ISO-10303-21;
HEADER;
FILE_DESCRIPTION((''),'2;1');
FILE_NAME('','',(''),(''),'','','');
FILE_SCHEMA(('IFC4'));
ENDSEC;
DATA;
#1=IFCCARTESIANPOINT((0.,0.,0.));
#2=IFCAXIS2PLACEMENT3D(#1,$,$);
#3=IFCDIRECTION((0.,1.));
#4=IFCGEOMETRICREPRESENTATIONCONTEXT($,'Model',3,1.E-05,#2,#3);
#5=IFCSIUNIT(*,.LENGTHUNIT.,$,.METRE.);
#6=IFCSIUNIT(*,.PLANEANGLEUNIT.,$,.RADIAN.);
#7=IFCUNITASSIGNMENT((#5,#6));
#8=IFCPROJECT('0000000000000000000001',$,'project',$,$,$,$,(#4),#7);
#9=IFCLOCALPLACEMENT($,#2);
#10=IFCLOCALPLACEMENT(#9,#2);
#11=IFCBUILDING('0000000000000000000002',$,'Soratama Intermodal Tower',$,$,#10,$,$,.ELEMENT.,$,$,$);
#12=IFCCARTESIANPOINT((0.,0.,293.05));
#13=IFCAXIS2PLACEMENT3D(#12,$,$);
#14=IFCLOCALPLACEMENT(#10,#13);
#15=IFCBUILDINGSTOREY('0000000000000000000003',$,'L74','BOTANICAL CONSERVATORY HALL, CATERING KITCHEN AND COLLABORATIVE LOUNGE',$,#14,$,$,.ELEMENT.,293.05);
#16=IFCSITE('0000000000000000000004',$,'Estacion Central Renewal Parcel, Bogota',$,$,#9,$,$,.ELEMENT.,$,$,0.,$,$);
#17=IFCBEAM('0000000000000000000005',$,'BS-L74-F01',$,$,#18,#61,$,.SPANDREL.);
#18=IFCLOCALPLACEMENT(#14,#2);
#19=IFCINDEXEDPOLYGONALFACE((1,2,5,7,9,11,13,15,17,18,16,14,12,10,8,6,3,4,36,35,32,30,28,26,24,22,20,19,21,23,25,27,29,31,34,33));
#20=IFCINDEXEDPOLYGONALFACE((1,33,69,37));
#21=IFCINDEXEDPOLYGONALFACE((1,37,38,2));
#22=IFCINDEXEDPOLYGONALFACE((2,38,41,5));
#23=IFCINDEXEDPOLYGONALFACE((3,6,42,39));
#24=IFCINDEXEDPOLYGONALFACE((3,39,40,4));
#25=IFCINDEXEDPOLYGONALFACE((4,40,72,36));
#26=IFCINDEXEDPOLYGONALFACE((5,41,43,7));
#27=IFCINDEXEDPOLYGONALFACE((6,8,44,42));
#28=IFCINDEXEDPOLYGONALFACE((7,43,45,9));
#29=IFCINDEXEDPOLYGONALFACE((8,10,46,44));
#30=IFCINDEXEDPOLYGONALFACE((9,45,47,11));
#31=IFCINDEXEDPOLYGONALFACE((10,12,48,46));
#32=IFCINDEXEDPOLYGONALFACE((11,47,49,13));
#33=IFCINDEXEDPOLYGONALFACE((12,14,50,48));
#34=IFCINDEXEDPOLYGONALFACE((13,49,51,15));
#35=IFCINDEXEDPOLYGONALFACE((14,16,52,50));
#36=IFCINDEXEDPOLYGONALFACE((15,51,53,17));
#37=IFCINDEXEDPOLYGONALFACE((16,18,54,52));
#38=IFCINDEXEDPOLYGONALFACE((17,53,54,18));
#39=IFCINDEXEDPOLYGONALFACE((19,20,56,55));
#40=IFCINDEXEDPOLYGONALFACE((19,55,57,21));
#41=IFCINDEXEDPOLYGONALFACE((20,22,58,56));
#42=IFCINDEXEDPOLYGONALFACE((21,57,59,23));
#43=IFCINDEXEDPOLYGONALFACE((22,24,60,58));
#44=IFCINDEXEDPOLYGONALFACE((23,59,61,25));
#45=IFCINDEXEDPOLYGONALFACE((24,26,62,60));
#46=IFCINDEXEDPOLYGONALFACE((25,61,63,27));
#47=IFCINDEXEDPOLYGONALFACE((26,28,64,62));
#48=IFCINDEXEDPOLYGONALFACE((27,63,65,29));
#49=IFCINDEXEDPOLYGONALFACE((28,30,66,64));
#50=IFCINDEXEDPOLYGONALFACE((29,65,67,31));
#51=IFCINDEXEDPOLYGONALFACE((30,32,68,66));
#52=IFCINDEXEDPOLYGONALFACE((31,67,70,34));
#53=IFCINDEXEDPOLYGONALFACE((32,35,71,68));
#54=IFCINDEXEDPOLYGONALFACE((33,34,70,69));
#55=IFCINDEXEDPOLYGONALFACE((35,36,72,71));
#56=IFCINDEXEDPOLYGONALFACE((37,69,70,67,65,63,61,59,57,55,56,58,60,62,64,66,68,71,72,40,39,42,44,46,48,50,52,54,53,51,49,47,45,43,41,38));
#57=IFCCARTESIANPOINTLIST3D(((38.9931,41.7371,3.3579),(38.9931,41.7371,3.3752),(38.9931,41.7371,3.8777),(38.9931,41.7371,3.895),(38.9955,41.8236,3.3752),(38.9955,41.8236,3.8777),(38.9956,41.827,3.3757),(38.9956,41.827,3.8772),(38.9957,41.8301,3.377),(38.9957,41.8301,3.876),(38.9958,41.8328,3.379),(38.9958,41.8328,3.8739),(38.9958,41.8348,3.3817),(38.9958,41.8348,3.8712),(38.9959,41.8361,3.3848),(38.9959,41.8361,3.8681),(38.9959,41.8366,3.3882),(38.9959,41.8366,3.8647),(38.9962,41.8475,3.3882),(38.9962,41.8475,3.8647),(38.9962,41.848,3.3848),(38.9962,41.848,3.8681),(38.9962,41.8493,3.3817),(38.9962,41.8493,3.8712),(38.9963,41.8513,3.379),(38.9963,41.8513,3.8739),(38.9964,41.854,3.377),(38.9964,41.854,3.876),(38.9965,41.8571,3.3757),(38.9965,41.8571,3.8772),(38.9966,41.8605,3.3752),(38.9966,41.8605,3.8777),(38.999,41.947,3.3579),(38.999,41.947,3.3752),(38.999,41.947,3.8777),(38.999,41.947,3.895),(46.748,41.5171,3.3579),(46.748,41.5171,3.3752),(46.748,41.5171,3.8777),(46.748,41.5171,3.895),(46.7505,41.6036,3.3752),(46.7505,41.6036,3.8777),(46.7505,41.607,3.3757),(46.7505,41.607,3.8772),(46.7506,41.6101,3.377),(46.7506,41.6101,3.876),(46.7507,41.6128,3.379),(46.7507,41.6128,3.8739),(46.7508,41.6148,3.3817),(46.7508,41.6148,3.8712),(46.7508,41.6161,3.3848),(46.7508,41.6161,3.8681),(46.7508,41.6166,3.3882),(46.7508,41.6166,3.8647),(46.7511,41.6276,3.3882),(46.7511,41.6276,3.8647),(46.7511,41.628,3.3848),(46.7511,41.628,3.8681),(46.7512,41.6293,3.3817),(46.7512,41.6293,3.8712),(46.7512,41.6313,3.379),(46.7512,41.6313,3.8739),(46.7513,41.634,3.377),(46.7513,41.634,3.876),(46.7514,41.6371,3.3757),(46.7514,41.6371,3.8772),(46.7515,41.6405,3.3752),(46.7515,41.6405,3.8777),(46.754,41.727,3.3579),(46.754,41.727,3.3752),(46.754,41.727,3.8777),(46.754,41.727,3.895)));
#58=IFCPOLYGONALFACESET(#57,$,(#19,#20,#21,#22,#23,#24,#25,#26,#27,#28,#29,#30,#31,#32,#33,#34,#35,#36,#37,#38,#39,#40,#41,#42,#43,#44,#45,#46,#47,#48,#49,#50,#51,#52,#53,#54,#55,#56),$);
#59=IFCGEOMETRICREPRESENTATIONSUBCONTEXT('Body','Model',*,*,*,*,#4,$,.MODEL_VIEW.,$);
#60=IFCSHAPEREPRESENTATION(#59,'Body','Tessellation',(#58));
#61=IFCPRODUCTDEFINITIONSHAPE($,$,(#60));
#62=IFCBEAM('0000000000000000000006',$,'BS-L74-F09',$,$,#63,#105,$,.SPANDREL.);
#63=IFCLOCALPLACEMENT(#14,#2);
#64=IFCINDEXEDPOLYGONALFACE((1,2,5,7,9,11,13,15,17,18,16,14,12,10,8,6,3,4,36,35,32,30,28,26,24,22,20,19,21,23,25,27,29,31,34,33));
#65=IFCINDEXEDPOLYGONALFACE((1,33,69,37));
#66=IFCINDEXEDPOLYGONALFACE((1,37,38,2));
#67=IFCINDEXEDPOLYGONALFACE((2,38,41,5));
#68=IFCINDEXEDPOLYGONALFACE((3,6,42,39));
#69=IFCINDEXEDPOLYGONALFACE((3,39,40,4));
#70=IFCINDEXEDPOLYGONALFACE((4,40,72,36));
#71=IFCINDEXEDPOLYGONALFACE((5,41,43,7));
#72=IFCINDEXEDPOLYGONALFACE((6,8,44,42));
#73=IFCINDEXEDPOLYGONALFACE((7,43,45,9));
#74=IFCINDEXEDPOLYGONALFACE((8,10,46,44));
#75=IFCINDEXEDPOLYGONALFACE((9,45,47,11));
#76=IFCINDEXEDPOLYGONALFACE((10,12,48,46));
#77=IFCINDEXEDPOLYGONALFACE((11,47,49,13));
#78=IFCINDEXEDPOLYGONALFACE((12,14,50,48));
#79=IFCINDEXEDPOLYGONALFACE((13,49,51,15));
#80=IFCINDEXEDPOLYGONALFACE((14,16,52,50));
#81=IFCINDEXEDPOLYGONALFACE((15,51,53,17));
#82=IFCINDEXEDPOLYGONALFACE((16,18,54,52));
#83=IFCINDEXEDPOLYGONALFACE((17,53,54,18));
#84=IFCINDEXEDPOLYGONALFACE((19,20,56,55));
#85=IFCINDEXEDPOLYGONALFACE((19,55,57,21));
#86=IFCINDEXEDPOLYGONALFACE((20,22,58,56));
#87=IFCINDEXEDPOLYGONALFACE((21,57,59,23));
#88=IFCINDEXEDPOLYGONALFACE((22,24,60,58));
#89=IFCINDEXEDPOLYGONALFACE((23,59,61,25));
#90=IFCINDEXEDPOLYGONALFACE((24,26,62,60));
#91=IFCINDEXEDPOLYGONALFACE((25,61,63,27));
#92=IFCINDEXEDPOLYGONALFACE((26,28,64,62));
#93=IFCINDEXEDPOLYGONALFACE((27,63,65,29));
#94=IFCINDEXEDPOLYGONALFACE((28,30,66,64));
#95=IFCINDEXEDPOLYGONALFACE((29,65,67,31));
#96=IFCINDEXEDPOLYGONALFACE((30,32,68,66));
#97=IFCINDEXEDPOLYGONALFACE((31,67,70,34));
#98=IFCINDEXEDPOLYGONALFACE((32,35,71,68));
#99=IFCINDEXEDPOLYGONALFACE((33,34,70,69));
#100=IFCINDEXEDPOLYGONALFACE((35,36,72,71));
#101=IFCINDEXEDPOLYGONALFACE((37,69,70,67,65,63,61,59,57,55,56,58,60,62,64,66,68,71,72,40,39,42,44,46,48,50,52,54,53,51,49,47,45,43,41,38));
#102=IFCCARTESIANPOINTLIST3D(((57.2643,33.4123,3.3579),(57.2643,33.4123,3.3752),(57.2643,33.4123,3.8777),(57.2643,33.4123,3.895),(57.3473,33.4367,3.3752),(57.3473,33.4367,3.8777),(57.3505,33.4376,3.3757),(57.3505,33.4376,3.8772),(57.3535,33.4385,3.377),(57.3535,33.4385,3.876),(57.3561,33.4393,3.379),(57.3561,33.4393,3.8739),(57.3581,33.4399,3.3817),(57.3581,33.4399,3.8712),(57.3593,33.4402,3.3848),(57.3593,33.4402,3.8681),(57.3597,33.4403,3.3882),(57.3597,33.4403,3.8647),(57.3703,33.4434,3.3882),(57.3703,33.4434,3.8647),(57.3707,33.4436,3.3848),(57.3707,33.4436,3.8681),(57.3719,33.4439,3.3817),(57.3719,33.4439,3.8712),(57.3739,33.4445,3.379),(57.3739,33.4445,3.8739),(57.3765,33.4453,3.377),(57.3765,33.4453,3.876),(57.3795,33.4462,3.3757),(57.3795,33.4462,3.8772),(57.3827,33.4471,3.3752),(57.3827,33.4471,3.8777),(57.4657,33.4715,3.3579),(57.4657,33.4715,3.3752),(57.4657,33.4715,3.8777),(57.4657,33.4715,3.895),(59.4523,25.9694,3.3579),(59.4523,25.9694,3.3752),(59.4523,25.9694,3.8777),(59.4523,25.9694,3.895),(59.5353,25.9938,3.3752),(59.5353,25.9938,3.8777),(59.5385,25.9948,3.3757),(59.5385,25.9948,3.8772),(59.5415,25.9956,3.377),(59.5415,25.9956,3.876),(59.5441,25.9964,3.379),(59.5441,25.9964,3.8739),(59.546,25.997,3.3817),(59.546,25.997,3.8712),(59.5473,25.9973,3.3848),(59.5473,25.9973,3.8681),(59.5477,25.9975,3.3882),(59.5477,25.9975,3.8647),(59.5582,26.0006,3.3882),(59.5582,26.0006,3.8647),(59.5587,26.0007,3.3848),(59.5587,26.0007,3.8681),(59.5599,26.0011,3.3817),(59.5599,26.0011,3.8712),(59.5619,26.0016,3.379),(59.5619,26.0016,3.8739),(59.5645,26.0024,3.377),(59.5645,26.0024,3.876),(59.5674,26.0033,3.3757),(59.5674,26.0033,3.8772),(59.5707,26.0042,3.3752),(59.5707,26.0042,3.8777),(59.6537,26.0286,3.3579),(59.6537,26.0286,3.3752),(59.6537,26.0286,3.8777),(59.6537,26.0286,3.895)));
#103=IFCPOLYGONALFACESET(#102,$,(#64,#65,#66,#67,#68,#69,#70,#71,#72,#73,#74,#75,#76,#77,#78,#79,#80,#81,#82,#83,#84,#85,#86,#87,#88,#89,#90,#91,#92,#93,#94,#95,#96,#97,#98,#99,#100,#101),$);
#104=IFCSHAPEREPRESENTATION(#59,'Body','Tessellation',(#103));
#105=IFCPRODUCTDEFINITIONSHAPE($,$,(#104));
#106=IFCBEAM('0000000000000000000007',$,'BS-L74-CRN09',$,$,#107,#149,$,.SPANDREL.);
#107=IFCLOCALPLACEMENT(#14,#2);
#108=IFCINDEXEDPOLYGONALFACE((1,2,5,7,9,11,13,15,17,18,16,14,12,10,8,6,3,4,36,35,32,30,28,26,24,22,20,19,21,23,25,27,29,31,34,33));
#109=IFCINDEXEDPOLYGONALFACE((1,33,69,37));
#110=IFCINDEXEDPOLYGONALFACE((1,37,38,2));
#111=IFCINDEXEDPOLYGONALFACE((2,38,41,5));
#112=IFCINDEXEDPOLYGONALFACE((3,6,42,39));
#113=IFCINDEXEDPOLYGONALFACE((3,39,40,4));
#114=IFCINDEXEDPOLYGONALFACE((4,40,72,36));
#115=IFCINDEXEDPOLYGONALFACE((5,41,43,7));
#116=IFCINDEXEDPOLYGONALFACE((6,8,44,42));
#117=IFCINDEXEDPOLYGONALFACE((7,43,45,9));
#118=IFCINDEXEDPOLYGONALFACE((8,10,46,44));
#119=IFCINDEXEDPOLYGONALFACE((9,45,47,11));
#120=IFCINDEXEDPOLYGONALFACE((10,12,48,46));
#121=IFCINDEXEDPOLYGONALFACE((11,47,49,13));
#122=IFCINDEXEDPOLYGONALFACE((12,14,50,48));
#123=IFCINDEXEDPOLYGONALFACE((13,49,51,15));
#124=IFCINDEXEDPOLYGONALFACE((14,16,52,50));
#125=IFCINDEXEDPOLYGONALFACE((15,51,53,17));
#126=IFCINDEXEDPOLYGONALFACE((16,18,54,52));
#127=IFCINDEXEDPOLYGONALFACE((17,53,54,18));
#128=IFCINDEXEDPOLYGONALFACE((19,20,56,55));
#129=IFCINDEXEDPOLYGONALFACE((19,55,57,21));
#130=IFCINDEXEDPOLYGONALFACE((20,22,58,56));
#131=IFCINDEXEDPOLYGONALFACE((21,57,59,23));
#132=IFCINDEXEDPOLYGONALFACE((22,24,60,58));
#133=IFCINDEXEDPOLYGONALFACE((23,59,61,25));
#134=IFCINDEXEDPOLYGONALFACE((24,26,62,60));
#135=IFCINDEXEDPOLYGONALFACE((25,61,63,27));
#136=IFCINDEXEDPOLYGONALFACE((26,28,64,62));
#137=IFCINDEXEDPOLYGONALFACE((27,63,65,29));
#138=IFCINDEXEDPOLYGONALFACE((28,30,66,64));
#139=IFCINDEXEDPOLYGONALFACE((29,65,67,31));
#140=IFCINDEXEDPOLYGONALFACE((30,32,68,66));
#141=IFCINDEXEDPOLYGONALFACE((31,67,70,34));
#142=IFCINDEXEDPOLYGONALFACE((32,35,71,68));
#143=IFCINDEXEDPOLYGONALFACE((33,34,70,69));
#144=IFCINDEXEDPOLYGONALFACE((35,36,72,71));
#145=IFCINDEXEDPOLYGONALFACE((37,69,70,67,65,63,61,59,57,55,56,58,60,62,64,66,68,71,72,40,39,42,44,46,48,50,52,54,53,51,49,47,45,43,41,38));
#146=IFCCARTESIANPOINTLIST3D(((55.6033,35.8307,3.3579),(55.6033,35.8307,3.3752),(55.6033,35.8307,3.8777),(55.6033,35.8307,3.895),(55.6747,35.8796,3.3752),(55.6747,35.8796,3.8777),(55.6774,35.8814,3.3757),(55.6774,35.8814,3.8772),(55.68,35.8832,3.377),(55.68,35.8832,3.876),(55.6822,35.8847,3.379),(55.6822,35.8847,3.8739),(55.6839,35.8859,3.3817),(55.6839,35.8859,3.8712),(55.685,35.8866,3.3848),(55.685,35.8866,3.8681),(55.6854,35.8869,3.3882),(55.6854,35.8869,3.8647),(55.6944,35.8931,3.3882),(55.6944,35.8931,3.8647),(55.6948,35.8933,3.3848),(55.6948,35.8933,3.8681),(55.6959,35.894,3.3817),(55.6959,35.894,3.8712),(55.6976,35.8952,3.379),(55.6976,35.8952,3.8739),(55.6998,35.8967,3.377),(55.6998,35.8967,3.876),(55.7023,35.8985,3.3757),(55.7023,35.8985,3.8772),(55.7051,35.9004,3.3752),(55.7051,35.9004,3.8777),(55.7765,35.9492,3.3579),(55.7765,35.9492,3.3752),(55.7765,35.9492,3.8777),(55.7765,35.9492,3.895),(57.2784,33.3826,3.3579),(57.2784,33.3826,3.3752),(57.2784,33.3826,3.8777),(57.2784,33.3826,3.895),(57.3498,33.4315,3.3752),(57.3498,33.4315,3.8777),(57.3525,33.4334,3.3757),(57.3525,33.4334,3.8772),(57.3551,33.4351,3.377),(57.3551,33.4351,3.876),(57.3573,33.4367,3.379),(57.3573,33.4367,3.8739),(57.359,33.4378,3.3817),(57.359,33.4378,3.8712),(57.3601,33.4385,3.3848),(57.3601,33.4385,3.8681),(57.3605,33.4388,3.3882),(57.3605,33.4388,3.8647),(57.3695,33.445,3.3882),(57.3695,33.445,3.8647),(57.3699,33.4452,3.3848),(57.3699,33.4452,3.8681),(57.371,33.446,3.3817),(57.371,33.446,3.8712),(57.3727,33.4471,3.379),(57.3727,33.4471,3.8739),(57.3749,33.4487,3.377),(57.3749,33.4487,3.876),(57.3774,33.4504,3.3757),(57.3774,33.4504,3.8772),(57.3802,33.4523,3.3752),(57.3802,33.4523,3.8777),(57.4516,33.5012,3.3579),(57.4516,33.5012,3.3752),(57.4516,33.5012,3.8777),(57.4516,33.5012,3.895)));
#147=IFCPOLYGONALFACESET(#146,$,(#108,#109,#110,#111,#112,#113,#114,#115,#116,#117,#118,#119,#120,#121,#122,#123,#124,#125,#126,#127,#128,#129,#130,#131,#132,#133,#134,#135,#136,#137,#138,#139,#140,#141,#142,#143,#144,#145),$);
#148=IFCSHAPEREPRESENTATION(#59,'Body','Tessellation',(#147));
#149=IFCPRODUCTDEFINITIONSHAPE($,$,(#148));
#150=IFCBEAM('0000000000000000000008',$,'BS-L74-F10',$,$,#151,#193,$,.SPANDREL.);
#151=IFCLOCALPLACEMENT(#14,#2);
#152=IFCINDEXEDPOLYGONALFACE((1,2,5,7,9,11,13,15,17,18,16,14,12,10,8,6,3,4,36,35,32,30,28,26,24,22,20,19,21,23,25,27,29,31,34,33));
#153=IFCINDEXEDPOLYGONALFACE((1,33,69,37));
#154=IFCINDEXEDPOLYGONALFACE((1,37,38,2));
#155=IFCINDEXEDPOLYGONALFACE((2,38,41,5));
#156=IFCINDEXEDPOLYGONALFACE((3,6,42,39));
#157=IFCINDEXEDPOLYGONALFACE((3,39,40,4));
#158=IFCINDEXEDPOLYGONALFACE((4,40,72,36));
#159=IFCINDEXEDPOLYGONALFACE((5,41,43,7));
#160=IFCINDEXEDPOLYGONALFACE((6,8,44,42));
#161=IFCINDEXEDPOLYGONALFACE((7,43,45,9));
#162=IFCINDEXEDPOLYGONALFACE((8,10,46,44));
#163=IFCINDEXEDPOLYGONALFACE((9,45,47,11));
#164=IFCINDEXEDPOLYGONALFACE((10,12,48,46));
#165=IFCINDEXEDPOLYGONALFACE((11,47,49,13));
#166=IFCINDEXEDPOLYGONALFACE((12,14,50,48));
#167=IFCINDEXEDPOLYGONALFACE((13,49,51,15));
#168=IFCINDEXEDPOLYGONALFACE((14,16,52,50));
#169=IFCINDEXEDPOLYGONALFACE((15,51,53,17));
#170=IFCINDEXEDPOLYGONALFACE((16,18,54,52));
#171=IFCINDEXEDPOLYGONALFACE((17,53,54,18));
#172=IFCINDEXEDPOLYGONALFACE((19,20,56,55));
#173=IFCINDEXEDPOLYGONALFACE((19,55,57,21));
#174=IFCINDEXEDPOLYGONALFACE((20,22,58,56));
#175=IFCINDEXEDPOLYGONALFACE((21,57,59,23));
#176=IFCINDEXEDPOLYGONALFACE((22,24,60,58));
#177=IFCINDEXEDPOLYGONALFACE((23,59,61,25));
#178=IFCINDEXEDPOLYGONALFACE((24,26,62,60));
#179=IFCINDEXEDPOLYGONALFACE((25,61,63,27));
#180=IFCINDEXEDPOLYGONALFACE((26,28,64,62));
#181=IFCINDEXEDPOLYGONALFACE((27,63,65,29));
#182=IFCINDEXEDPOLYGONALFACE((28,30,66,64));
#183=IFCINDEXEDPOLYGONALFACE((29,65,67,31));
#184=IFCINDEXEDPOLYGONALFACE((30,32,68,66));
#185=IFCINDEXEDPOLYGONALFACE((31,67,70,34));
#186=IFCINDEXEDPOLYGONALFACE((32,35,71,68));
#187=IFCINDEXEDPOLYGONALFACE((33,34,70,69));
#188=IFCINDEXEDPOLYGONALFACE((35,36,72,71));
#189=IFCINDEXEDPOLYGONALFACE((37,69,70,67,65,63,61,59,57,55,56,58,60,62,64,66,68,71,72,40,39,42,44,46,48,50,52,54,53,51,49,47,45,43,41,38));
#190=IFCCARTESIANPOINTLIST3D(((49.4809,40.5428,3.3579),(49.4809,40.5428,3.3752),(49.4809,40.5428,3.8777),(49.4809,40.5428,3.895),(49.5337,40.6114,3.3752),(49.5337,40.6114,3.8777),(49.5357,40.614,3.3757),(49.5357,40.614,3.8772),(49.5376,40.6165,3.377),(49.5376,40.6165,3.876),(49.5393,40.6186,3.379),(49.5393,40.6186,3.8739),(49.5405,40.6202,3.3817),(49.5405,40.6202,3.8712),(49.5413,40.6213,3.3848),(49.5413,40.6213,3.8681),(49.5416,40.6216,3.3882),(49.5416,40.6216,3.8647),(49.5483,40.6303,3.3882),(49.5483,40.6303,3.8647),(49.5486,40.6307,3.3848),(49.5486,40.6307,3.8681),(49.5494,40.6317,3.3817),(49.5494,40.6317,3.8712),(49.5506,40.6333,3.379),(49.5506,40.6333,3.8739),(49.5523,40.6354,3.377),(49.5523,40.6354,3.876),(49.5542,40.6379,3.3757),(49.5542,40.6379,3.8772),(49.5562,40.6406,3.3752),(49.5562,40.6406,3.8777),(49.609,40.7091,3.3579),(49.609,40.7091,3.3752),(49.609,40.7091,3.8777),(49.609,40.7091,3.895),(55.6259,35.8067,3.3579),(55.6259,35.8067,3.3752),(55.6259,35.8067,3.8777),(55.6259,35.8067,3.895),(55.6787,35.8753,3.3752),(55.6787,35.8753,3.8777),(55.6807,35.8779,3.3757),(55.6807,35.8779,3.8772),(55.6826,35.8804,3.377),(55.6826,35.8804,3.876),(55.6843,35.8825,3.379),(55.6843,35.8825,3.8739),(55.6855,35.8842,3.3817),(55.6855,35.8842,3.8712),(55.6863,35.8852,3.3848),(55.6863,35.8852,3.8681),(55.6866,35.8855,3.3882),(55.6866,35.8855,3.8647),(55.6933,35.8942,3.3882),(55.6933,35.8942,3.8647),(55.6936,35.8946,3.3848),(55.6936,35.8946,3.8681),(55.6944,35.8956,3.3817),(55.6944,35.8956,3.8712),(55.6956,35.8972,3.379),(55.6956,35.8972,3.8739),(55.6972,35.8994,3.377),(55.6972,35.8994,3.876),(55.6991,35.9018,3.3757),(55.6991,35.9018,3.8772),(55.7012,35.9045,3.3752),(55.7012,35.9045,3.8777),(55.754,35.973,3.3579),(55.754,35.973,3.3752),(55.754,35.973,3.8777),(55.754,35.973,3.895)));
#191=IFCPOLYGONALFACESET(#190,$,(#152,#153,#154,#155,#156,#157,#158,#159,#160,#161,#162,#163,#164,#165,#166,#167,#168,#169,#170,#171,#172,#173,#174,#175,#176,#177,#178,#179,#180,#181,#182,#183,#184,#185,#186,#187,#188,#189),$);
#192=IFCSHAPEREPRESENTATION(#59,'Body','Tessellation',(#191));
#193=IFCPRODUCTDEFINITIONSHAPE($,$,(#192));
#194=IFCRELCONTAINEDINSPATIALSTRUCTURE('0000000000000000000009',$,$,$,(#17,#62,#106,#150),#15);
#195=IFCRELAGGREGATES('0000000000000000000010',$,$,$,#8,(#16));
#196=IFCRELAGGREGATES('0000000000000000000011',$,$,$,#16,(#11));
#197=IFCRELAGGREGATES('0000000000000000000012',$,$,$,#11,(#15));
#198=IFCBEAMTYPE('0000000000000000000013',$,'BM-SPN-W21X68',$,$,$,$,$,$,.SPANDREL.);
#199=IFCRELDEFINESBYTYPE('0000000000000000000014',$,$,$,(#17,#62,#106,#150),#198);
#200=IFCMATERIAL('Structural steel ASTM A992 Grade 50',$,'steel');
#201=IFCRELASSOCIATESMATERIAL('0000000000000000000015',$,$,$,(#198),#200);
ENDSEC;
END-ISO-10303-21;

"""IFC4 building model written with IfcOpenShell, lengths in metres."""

from ifc_helpers import new_model, si_unit, direction, frame, origin, origin_2d, place, context, subcontext, project, spatial, i_section, extrude, material, material_profile, profile_set, type_object, element, save


model = new_model("IFC4")

# Units and contexts
model_context = context("Model", 3, precision=1e-05, world=origin(), true_north=direction((0.0, 1.0)))
body_context = subcontext(model_context, "Body", "Model", "MODEL_VIEW")
ifc_project = project(units=[si_unit("LENGTHUNIT", "METRE"), si_unit("PLANEANGLEUNIT", "RADIAN")], contexts=[model_context])

# Site, building, storey
site_placement = place(None, origin())
site = spatial("IfcSite", under=ifc_project, at=site_placement, Name="Estacion Central Renewal Parcel, Bogota", CompositionType="ELEMENT", RefElevation=0.0)
building_placement = place(site_placement, origin())
building = spatial("IfcBuilding", under=site, at=building_placement, Name="Soratama Intermodal Tower", CompositionType="ELEMENT")
storey_placement = place(building_placement, frame((0.0, 0.0, 293.05)))
storey = spatial("IfcBuildingStorey", under=building, at=storey_placement, Name="L74", Description="BOTANICAL CONSERVATORY HALL, CATERING KITCHEN AND COLLABORATIVE LOUNGE", CompositionType="ELEMENT", Elevation=293.05)

# Beams
ifc_material_1 = material(Name="Structural steel ASTM A992 Grade 50", Category="steel")
ifc_material_profile_1 = material_profile(ifc_material_1, i_section(OverallWidth=0.21, OverallDepth=0.5371, WebThickness=0.011, FlangeThickness=0.0173, FilletRadius=0.0129, at=origin_2d()), Name="W21X68")
ifc_profile_set_1 = profile_set([ifc_material_profile_1], Name="Structural steel ASTM A992 Grade 50")
beam_type_1 = type_object("IfcBeamType", Name="BM-SPN-W21X68", PredefinedType="SPANDREL", material=ifc_profile_set_1)
beam_1_placement = place(storey_placement, frame((46.751, 41.6221, 3.6265), z_axis=(-0.999598, 0.028354, 0.0), x_axis=(-0.028354, -0.999598, 0.0)))
element("IfcBeam", 1, at=beam_1_placement, inside=storey, type_object=beam_type_1, Name="BS-L74-F01", PredefinedType="SPANDREL", context=body_context, shape_type="SweptSolid", body=[
    extrude(i_section(OverallWidth=0.21, OverallDepth=0.5371, WebThickness=0.011, FlangeThickness=0.0173, FilletRadius=0.0129, at=origin_2d()), origin(), (0.0, 0.0, 1.0), 7.7581),
])
beam_2_placement = place(storey_placement, frame((59.553, 25.999, 3.6265), z_axis=(-0.282037, 0.959404, 0.0), x_axis=(-0.959404, -0.282037, 0.0)))
element("IfcBeam", 2, at=beam_2_placement, inside=storey, type_object=beam_type_1, Name="BS-L74-F09", PredefinedType="SPANDREL", context=body_context, shape_type="SweptSolid", body=[
    extrude(i_section(OverallWidth=0.21, OverallDepth=0.5371, WebThickness=0.011, FlangeThickness=0.0173, FilletRadius=0.0129, at=origin_2d()), origin(), (0.0, 0.0, 1.0), 7.7578),
])
beam_3_placement = place(storey_placement, frame((57.365, 33.4419, 3.6265), z_axis=(-0.564708, 0.825291, 0.0), x_axis=(-0.825291, -0.564708, 0.0)))
element("IfcBeam", 3, at=beam_3_placement, inside=storey, type_object=beam_type_1, Name="BS-L74-CRN09", PredefinedType="SPANDREL", context=body_context, shape_type="SweptSolid", body=[
    extrude(i_section(OverallWidth=0.21, OverallDepth=0.5371, WebThickness=0.011, FlangeThickness=0.0173, FilletRadius=0.0129, at=origin_2d()), origin(), (0.0, 0.0, 1.0), 2.9663),
])
beam_4_placement = place(storey_placement, frame((55.6899, 35.8899, 3.6265), z_axis=(-0.792054, 0.610451, 0.0), x_axis=(-0.610451, -0.792054, 0.0)))
element("IfcBeam", 4, at=beam_4_placement, inside=storey, type_object=beam_type_1, Name="BS-L74-F10", PredefinedType="SPANDREL", context=body_context, shape_type="SweptSolid", body=[
    extrude(i_section(OverallWidth=0.21, OverallDepth=0.5371, WebThickness=0.011, FlangeThickness=0.0173, FilletRadius=0.0129, at=origin_2d()), origin(), (0.0, 0.0, 1.0), 7.7583),
])

save(model, "model.ifc")
